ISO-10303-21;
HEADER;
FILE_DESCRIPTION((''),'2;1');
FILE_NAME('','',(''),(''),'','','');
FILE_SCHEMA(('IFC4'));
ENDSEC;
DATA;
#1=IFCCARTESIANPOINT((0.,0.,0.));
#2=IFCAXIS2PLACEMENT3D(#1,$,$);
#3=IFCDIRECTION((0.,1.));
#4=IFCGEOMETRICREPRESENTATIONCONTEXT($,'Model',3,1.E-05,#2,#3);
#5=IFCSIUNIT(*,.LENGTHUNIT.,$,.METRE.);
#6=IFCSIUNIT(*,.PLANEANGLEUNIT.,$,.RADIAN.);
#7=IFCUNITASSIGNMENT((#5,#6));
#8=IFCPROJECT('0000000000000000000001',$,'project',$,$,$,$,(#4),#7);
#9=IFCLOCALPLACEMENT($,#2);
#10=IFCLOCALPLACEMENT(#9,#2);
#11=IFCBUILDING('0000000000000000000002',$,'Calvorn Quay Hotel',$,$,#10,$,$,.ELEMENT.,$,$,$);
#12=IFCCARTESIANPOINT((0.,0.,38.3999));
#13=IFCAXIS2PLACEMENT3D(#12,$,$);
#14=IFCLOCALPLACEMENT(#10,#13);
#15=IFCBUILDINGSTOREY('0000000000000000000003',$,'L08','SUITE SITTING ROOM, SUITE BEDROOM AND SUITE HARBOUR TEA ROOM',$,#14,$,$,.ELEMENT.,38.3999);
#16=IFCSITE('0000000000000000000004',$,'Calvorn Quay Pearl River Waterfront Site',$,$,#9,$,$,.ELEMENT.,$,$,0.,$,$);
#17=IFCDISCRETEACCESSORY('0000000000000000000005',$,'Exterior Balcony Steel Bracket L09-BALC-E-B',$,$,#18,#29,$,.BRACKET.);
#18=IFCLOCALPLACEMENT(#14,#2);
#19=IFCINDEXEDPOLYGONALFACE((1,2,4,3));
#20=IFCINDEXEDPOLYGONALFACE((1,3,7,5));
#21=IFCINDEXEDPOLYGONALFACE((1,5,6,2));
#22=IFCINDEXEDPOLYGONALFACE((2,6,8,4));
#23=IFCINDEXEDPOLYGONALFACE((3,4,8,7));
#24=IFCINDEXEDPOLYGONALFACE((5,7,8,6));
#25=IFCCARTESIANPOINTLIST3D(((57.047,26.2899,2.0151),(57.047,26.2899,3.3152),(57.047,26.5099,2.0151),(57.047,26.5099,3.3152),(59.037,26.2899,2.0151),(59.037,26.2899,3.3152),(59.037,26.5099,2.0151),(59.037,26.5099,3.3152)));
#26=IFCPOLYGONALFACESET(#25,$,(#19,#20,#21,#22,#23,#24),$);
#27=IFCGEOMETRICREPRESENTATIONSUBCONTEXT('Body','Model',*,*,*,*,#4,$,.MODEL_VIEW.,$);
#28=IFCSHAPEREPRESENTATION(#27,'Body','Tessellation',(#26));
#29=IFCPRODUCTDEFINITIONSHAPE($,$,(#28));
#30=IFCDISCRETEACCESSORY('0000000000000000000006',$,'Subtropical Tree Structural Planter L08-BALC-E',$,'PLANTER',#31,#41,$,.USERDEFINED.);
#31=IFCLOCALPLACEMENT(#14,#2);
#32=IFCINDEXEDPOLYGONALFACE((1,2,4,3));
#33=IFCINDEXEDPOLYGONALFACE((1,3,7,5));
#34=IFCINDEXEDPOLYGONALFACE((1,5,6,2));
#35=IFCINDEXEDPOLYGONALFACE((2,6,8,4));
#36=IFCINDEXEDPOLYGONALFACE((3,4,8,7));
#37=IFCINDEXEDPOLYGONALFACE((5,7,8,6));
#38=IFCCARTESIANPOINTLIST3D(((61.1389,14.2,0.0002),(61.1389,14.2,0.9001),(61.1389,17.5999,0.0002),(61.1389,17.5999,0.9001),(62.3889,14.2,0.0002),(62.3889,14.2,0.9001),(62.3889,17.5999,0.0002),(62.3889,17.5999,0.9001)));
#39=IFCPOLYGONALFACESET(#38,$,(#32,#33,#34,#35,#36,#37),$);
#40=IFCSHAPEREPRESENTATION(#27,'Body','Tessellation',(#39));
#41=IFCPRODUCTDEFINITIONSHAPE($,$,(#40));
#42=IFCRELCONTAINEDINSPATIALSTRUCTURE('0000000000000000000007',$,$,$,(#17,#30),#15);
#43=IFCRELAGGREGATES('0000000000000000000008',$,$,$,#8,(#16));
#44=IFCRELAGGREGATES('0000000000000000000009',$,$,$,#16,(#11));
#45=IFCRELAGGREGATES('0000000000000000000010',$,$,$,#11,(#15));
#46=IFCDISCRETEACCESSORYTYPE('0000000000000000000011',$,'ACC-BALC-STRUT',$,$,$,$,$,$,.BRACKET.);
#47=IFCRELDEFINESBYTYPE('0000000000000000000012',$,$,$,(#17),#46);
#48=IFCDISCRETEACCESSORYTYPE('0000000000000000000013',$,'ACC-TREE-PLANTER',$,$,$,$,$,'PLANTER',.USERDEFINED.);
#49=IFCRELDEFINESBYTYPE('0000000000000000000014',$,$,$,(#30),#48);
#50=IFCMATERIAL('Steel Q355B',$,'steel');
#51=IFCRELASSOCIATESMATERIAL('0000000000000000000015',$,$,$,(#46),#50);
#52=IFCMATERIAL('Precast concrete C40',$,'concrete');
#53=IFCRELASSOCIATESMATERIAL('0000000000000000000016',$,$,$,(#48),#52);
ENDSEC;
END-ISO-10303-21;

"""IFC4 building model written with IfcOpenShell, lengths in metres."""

from ifc_helpers import new_model, si_unit, direction, frame, origin, origin_2d, place, context, subcontext, project, spatial, rectangle, extrude, material, type_object, element, save


model = new_model("IFC4")

# Units and contexts
model_context = context("Model", 3, precision=1e-05, world=origin(), true_north=direction((0.0, 1.0)))
body_context = subcontext(model_context, "Body", "Model", "MODEL_VIEW")
ifc_project = project(units=[si_unit("LENGTHUNIT", "METRE"), si_unit("PLANEANGLEUNIT", "RADIAN")], contexts=[model_context])

# Site, building, storey
site_placement = place(None, origin())
site = spatial("IfcSite", under=ifc_project, at=site_placement, Name="Calvorn Quay Pearl River Waterfront Site", CompositionType="ELEMENT", RefElevation=0.0)
building_placement = place(site_placement, origin())
building = spatial("IfcBuilding", under=site, at=building_placement, Name="Calvorn Quay Hotel", CompositionType="ELEMENT")
storey_placement = place(building_placement, frame((0.0, 0.0, 38.3999)))
storey = spatial("IfcBuildingStorey", under=building, at=storey_placement, Name="L08", Description="SUITE SITTING ROOM, SUITE BEDROOM AND SUITE HARBOUR TEA ROOM", CompositionType="ELEMENT", Elevation=38.3999)

# Discrete accessories
ifc_material_1 = material(Name="Steel Q355B", Category="steel")
discrete_accessory_type_1 = type_object("IfcDiscreteAccessoryType", Name="ACC-BALC-STRUT", PredefinedType="BRACKET", material=ifc_material_1)
for number, where, z_axis, x_axis, name in (
    (1, (58.042, 26.3999, 2.0151), (0.0, 0.0, 1.0), (1.0, 0.0, 0.0), "Exterior Balcony Steel Bracket L09-BALC-E-B"),
):
    element("IfcDiscreteAccessory", number, at=place(storey_placement, frame(where, z_axis=z_axis, x_axis=x_axis)), inside=storey, type_object=discrete_accessory_type_1, Name=name, PredefinedType="BRACKET", context=body_context, shape_type="SweptSolid", body=[
        extrude(rectangle(XDim=1.99, YDim=0.22, at=origin_2d()), origin(), (0.0, 0.0, 1.0), 1.3),
    ])
ifc_material_2 = material(Name="Precast concrete C40", Category="concrete")
discrete_accessory_type_2 = type_object("IfcDiscreteAccessoryType", Name="ACC-TREE-PLANTER", ElementType="PLANTER", PredefinedType="USERDEFINED", material=ifc_material_2)
discrete_accessory_placement = place(storey_placement, frame((61.7639, 15.8999, 0.0002), z_axis=(0.0, 0.0, 1.0), x_axis=(1.0, 0.0, 0.0)))
element("IfcDiscreteAccessory", 2, at=discrete_accessory_placement, inside=storey, type_object=discrete_accessory_type_2, Name="Subtropical Tree Structural Planter L08-BALC-E", ObjectType="PLANTER", PredefinedType="USERDEFINED", context=body_context, shape_type="SweptSolid", body=[
    extrude(rectangle(XDim=1.25, YDim=3.3999, at=origin_2d()), origin(), (0.0, 0.0, 1.0), 0.8999),
])

save(model, "model.ifc")
